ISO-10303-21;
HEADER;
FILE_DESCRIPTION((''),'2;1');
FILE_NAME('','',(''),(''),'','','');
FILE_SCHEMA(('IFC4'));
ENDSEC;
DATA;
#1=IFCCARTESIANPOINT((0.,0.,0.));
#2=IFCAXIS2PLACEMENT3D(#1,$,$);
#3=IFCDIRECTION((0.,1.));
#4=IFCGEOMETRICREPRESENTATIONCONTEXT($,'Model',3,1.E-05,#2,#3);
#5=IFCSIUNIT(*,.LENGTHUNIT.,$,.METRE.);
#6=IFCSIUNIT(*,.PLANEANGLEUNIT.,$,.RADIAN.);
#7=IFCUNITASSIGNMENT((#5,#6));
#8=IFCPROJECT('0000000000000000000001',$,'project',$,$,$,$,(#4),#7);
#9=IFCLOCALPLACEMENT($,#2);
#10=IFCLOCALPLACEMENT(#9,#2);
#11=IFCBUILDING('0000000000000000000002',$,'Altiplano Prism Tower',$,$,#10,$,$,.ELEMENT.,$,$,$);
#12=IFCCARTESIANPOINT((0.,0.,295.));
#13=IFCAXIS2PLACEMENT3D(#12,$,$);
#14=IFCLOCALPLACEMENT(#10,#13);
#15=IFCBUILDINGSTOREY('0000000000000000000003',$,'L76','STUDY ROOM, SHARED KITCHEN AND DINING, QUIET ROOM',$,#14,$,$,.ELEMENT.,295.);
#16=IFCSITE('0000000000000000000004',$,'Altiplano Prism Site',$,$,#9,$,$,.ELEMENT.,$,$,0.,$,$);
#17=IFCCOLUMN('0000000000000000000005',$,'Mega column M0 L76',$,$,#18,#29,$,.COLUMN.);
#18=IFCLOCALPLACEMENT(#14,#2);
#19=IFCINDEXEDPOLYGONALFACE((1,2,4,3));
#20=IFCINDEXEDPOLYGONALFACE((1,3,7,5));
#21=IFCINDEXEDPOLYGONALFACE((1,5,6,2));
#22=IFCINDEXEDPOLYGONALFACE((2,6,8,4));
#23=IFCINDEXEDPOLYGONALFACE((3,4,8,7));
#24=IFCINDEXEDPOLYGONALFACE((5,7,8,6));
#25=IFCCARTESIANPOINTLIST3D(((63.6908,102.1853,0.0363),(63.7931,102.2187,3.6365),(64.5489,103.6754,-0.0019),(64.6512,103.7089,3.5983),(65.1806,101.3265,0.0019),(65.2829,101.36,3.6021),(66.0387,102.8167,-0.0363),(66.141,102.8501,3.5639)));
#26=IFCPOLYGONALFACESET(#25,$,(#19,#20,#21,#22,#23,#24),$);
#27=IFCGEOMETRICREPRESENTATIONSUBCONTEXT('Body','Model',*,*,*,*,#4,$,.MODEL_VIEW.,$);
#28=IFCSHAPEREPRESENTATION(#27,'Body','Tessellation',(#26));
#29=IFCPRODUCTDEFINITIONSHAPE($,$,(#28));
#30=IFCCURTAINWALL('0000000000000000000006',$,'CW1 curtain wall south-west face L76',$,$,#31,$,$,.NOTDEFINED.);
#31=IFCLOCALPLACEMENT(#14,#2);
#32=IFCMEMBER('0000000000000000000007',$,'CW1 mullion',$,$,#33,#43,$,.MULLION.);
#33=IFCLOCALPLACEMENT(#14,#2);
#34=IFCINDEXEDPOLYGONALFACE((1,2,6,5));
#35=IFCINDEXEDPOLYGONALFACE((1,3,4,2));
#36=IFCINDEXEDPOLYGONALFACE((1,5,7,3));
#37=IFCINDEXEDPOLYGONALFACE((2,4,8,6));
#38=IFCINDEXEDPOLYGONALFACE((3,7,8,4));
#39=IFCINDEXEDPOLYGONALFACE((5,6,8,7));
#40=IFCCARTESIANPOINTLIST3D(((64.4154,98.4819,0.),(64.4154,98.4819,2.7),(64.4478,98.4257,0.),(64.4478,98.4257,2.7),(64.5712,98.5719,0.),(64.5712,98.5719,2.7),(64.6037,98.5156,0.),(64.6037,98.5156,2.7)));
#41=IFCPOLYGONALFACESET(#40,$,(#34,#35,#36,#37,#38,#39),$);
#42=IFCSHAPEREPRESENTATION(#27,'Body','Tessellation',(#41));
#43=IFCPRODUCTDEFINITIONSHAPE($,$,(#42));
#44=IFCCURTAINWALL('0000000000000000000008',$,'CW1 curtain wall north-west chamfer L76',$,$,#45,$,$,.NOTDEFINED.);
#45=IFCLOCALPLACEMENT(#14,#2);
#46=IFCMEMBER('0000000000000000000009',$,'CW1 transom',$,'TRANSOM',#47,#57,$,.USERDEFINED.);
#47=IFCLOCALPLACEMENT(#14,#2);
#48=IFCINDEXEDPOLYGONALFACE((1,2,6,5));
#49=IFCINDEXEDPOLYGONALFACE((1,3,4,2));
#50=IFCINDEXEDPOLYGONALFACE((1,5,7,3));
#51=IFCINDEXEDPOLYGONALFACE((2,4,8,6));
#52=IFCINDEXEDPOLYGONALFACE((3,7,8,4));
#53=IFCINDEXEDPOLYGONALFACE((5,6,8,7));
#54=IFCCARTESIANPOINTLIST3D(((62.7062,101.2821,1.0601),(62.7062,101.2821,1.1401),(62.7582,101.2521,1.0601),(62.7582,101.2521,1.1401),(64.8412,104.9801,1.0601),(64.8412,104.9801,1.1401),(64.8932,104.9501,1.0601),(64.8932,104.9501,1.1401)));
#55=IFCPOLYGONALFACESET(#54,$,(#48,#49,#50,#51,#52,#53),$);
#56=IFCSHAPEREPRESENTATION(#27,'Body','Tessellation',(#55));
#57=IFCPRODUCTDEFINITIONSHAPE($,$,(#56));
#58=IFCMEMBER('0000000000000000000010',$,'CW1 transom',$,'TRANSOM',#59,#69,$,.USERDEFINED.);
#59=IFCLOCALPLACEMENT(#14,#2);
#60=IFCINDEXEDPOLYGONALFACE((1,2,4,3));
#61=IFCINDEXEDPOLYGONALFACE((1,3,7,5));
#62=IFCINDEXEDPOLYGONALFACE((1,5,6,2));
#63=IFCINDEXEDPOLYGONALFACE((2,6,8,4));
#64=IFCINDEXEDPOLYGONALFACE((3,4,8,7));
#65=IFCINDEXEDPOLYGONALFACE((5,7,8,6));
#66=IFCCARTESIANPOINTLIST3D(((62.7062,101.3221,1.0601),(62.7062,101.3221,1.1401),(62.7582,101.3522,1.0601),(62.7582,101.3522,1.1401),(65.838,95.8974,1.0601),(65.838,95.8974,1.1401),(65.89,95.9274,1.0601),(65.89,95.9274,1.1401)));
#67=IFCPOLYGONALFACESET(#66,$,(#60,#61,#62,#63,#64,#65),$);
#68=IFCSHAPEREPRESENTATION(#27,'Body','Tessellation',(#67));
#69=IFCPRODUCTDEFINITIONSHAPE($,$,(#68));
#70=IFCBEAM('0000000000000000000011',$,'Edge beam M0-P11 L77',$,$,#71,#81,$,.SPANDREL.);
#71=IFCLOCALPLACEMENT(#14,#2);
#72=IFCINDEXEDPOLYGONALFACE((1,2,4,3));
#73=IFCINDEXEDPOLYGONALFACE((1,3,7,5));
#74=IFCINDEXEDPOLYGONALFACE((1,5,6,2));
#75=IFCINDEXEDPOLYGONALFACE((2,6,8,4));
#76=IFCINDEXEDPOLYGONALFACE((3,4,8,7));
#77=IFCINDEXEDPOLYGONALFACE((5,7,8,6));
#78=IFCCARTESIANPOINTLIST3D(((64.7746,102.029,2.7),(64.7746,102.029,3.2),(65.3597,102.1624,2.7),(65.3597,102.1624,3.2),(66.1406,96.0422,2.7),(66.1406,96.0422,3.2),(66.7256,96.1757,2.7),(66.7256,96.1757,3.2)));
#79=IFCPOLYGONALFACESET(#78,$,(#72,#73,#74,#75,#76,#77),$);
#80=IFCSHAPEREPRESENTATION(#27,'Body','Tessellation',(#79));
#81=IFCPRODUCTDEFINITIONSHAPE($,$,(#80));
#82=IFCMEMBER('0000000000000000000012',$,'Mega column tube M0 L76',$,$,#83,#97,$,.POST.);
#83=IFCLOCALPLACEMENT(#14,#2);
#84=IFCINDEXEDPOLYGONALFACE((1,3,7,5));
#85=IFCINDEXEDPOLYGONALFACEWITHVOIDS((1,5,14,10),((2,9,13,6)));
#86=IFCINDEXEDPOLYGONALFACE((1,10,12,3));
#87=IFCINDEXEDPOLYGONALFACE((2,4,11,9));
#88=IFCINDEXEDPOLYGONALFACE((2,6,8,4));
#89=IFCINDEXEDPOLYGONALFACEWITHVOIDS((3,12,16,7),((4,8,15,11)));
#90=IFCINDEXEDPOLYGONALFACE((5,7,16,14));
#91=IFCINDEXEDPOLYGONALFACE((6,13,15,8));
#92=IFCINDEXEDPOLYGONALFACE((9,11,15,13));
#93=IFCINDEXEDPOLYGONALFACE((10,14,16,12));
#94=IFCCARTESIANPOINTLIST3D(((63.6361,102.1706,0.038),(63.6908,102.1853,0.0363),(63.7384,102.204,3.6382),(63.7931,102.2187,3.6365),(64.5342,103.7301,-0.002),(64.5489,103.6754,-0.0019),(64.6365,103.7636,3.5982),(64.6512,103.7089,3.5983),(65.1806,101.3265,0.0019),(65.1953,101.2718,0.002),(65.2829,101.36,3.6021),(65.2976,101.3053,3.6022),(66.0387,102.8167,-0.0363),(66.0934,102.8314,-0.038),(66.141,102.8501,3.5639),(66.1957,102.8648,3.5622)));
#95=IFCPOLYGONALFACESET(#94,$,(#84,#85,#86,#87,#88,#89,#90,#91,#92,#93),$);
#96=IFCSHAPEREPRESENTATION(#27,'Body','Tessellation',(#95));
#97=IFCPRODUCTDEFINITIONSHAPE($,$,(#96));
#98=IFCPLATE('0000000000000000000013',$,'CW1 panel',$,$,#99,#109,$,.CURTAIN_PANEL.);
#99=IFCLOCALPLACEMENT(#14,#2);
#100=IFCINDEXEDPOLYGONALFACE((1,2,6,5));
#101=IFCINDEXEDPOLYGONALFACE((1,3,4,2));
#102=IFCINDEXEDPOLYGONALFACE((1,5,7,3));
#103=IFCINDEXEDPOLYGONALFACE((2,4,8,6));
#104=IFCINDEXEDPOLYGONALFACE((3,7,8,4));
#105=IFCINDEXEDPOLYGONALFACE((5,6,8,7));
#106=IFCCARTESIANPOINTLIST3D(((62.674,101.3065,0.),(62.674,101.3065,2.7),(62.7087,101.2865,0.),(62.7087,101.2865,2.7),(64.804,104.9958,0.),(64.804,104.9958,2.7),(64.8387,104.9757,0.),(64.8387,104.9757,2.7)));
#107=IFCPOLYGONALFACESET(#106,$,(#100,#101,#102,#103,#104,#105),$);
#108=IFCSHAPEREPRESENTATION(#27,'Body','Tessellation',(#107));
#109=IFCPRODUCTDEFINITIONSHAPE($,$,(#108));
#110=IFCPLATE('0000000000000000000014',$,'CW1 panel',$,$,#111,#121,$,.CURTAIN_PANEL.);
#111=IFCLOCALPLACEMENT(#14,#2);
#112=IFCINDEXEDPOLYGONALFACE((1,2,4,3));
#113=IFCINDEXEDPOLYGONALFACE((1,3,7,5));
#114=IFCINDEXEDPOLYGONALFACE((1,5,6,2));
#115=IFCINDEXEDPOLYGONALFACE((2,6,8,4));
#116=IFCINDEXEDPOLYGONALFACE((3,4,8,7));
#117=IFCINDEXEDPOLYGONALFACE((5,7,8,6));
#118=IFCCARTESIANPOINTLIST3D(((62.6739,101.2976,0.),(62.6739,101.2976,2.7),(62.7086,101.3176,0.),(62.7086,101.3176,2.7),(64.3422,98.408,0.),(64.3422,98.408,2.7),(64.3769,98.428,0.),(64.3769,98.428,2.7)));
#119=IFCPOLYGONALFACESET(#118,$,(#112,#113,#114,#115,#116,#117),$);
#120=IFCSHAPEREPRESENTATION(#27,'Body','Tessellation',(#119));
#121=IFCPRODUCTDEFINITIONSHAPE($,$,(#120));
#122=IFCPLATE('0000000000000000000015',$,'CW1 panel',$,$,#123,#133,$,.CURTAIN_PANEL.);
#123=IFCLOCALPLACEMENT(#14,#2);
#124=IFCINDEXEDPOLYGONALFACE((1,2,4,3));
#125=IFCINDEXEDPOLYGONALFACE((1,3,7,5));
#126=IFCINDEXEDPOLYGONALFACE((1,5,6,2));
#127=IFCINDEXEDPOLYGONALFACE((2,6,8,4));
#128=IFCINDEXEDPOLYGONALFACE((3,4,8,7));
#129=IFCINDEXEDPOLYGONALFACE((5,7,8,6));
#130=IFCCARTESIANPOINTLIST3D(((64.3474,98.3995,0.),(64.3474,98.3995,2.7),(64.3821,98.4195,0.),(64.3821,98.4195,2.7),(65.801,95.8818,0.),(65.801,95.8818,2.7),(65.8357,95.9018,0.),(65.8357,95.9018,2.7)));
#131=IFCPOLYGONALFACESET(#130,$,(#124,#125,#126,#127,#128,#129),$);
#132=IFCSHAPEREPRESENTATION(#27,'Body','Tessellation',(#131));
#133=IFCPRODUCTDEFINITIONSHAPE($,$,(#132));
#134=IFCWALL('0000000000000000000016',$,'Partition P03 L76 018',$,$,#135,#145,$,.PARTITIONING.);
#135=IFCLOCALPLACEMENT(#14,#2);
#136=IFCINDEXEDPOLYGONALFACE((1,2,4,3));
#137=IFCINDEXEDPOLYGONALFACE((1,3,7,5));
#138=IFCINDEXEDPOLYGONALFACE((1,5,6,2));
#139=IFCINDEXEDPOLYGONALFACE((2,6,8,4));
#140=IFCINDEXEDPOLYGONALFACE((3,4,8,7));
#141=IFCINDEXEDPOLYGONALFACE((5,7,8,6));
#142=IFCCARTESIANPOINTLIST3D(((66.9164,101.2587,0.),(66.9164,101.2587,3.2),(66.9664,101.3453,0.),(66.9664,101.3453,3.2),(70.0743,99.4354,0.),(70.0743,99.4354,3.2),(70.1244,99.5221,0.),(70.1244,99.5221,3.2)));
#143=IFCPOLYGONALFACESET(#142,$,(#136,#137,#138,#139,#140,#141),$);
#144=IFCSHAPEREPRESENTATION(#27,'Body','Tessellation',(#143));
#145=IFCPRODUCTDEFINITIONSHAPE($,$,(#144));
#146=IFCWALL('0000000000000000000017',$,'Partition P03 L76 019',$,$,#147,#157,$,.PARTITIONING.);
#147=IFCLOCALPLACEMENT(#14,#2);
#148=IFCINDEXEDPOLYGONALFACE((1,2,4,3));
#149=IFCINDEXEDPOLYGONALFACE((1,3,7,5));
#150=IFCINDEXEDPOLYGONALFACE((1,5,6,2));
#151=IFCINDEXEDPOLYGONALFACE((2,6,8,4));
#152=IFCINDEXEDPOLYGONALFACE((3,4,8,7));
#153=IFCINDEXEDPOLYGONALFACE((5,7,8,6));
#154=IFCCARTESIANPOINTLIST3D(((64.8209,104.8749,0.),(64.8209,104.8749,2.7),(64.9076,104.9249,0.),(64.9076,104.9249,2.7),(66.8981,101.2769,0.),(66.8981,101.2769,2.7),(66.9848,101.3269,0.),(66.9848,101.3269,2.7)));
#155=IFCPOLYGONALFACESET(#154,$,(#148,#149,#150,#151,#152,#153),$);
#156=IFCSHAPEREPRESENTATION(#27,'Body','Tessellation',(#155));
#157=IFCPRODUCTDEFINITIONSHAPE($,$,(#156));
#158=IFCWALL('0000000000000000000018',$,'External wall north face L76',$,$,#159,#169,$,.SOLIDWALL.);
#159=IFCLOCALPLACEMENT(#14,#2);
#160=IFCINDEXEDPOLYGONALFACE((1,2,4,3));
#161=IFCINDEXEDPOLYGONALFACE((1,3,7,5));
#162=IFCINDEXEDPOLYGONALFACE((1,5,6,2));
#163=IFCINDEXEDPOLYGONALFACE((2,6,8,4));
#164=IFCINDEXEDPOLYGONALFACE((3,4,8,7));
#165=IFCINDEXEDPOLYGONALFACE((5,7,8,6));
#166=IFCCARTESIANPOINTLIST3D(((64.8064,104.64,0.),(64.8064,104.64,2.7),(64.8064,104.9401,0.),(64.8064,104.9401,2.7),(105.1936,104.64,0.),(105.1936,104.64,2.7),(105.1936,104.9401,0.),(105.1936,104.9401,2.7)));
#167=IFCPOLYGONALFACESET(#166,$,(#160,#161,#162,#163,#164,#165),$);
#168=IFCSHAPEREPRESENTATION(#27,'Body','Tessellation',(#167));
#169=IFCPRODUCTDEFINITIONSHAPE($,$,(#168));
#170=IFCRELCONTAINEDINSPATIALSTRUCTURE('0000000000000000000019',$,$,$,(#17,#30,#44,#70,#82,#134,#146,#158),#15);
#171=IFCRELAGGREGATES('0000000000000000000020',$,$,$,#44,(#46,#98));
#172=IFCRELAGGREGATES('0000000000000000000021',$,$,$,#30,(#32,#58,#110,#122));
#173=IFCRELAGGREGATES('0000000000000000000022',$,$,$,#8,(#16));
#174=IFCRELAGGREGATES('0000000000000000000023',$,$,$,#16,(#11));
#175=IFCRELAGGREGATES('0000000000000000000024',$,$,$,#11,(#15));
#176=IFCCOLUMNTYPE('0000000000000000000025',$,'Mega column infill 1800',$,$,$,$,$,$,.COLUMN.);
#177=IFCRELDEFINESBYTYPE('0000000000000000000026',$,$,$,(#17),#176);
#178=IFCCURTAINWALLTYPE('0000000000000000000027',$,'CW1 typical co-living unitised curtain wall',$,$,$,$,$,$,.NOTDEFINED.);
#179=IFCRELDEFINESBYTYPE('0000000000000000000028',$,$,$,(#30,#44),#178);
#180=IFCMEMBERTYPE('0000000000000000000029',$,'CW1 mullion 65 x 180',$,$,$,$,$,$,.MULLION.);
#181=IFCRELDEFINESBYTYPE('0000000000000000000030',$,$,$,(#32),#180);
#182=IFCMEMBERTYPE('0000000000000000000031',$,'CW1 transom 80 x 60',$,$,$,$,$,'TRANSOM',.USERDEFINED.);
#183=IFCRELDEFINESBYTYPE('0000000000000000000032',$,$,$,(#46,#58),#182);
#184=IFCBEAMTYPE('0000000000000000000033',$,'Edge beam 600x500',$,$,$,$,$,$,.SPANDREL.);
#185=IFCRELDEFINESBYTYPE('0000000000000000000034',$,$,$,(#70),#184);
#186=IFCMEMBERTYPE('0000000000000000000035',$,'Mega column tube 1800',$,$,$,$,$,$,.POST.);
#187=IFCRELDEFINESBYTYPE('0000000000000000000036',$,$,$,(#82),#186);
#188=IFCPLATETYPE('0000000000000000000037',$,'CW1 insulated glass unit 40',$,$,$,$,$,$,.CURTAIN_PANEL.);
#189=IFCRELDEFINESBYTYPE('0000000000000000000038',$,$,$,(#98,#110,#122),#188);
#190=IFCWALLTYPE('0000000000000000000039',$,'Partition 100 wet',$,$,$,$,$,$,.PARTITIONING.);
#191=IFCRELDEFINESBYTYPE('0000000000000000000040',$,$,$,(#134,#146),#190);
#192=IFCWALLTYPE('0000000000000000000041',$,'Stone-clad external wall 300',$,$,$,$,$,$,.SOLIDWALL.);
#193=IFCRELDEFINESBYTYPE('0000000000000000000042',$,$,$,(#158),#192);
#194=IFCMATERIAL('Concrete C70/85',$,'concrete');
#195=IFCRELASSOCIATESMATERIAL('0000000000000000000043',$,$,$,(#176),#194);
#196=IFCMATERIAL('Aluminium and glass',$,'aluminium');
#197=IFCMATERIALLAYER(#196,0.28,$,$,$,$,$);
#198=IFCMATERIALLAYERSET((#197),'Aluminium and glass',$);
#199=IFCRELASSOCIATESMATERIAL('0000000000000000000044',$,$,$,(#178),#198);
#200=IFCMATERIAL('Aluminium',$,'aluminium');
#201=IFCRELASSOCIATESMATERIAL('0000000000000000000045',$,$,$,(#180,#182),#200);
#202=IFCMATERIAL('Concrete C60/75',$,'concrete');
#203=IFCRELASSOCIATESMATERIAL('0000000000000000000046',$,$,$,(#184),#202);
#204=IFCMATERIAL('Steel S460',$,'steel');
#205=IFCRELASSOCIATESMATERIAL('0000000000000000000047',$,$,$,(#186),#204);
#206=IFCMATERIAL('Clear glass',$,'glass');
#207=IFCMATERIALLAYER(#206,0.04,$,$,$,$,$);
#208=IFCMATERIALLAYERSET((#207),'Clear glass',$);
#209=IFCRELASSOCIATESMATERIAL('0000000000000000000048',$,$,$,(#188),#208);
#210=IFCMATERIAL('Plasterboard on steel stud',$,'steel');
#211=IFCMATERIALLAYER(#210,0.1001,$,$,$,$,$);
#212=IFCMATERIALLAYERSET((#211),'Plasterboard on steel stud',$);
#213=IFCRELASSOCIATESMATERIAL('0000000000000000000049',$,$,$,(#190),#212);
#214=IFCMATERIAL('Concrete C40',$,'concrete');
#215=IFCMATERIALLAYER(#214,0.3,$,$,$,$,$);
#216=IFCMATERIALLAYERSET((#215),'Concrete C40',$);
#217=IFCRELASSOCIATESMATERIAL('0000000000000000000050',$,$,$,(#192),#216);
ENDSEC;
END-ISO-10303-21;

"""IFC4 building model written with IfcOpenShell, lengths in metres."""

from ifc_helpers import new_model, si_unit, direction, frame, frame_2d, origin, origin_2d, place, context, subcontext, project, spatial, rectangle, hollow_rectangle, extrude, material, layer, layer_set, material_profile, profile_set, type_object, element, aggregate, save


model = new_model("IFC4")

# Units and contexts
model_context = context("Model", 3, precision=1e-05, world=origin(), true_north=direction((0.0, 1.0)))
body_context = subcontext(model_context, "Body", "Model", "MODEL_VIEW")
ifc_project = project(units=[si_unit("LENGTHUNIT", "METRE"), si_unit("PLANEANGLEUNIT", "RADIAN")], contexts=[model_context])

# Site, building, storey
site_placement = place(None, origin())
site = spatial("IfcSite", under=ifc_project, at=site_placement, Name="Altiplano Prism Site", CompositionType="ELEMENT", RefElevation=0.0)
building_placement = place(site_placement, origin())
building = spatial("IfcBuilding", under=site, at=building_placement, Name="Altiplano Prism Tower", CompositionType="ELEMENT")
storey_placement = place(building_placement, frame((0.0, 0.0, 295.0)))
storey = spatial("IfcBuildingStorey", under=building, at=storey_placement, Name="L76", Description="STUDY ROOM, SHARED KITCHEN AND DINING, QUIET ROOM", CompositionType="ELEMENT", Elevation=295.0)

# Column
ifc_material_1 = material(Name="Concrete C70/85", Category="concrete")
ifc_material_profile_1 = material_profile(ifc_material_1, rectangle(XDim=1.72, YDim=1.72, at=origin_2d()), Name="Mega column infill 1800")
ifc_profile_set_1 = profile_set([ifc_material_profile_1], Name="Concrete C70/85")
column_type = type_object("IfcColumnType", Name="Mega column infill 1800", PredefinedType="COLUMN", material=ifc_profile_set_1)
column_placement = place(storey_placement, frame((64.8647, 102.501, 0.0), z_axis=(0.028402, 0.009287, 0.999553), x_axis=(-0.866199, 0.4993, 0.019974)))
element("IfcColumn", 1, at=column_placement, inside=storey, type_object=column_type, Name="Mega column M0 L76", PredefinedType="COLUMN", context=body_context, shape_type="SweptSolid", body=[
    extrude(rectangle(XDim=1.72, YDim=1.72, at=origin_2d()), origin(), (0.0, 0.0, 1.0), 3.6018),
])

# Curtain walls, members
ifc_material_2 = material(Name="Aluminium and glass", Category="aluminium")
ifc_layer_1 = layer(ifc_material_2, 0.28)
ifc_layer_set_1 = layer_set([ifc_layer_1], Name="Aluminium and glass")
curtain_wall_type = type_object("IfcCurtainWallType", Name="CW1 typical co-living unitised curtain wall", PredefinedType="NOTDEFINED", material=ifc_layer_set_1)
curtain_wall_1_placement = place(storey_placement, origin())
curtain_wall_1 = element("IfcCurtainWall", 2, at=curtain_wall_1_placement, inside=storey, type_object=curtain_wall_type, Name="CW1 curtain wall south-west face L76", PredefinedType="NOTDEFINED")
ifc_material_3 = material(Name="Aluminium", Category="aluminium")
ifc_material_profile_2 = material_profile(ifc_material_3, rectangle(XDim=0.1799, YDim=0.0649, at=origin_2d()), Name="CW1 mullion 65 x 180")
ifc_profile_set_2 = profile_set([ifc_material_profile_2], Name="Aluminium")
member_type_1 = type_object("IfcMemberType", Name="CW1 mullion 65 x 180", PredefinedType="MULLION", material=ifc_profile_set_2)
member_1_placement = place(storey_placement, frame((64.5095, 98.4988, 0.0), z_axis=(0.0, 0.0, 1.0), x_axis=(0.866025, 0.5, 0.0)))
member_1 = element("IfcMember", 3, at=member_1_placement, type_object=member_type_1, Name="CW1 mullion", PredefinedType="MULLION", context=body_context, shape_type="SweptSolid", body=[
    extrude(rectangle(XDim=0.1799, YDim=0.0649, at=origin_2d()), origin(), (0.0, 0.0, 1.0), 2.7),
])
curtain_wall_2_placement = place(storey_placement, origin())
curtain_wall_2 = element("IfcCurtainWall", 4, at=curtain_wall_2_placement, inside=storey, type_object=curtain_wall_type, Name="CW1 curtain wall north-west chamfer L76", PredefinedType="NOTDEFINED")
ifc_material_profile_3 = material_profile(ifc_material_3, rectangle(XDim=0.0601, YDim=0.0801, at=origin_2d()), Name="CW1 transom 80 x 60")
ifc_profile_set_3 = profile_set([ifc_material_profile_3], Name="Aluminium")
member_type_2 = type_object("IfcMemberType", Name="CW1 transom 80 x 60", ElementType="TRANSOM", PredefinedType="USERDEFINED", material=ifc_profile_set_3)
member_2_placement = place(storey_placement, frame((64.8672, 104.9651, 1.1001), z_axis=(-0.499995, -0.866028, 0.0), x_axis=(0.866028, -0.499995, 0.0)))
member_2 = element("IfcMember", 5, at=member_2_placement, type_object=member_type_2, Name="CW1 transom", ObjectType="TRANSOM", PredefinedType="USERDEFINED", context=body_context, shape_type="SweptSolid", body=[
    extrude(rectangle(XDim=0.0601, YDim=0.0801, at=origin_2d()), origin(), (0.0, 0.0, 1.0), 4.27),
])

# Member
member_3_placement = place(storey_placement, frame((62.7322, 101.3372, 1.1001), z_axis=(0.499979, -0.866038, 0.0), x_axis=(0.866038, 0.499979, 0.0)))
member_3 = element("IfcMember", 6, at=member_3_placement, type_object=member_type_2, Name="CW1 transom", ObjectType="TRANSOM", PredefinedType="USERDEFINED", context=body_context, shape_type="SweptSolid", body=[
    extrude(rectangle(XDim=0.0601, YDim=0.0801, at=origin_2d()), origin(), (0.0, 0.0, 1.0), 6.2639),
])

# Beam
ifc_material_4 = material(Name="Concrete C60/75", Category="concrete")
ifc_material_profile_4 = material_profile(ifc_material_4, rectangle(XDim=0.6001, YDim=0.5, at=origin_2d()), Name="Edge beam 600x500")
ifc_profile_set_4 = profile_set([ifc_material_profile_4], Name="Concrete C60/75")
beam_type = type_object("IfcBeamType", Name="Edge beam 600x500", PredefinedType="SPANDREL", material=ifc_profile_set_4)
beam_placement = place(storey_placement, frame((65.0671, 102.0957, 2.95), z_axis=(0.222446, -0.974945, 0.0), x_axis=(0.974945, 0.222446, 0.0)))
element("IfcBeam", 7, at=beam_placement, inside=storey, type_object=beam_type, Name="Edge beam M0-P11 L77", PredefinedType="SPANDREL", context=body_context, shape_type="SweptSolid", body=[
    extrude(rectangle(XDim=0.6001, YDim=0.5, at=origin_2d()), origin(), (0.0, 0.0, 1.0), 6.1406),
])

# Member
ifc_material_5 = material(Name="Steel S460", Category="steel")
ifc_material_profile_5 = material_profile(ifc_material_5, hollow_rectangle(XDim=1.8, YDim=1.8, WallThickness=0.04, at=origin_2d()), Name="Mega column tube 1800")
ifc_profile_set_5 = profile_set([ifc_material_profile_5], Name="Steel S460")
member_type_3 = type_object("IfcMemberType", Name="Mega column tube 1800", PredefinedType="POST", material=ifc_profile_set_5)
member_4_placement = place(storey_placement, frame((64.8647, 102.501, 0.0), z_axis=(0.028402, 0.009287, 0.999553), x_axis=(-0.866199, 0.4993, 0.019974)))
element("IfcMember", 8, at=member_4_placement, inside=storey, type_object=member_type_3, Name="Mega column tube M0 L76", PredefinedType="POST", context=body_context, shape_type="SweptSolid", body=[
    extrude(hollow_rectangle(XDim=1.8, YDim=1.8, WallThickness=0.04, at=origin_2d()), origin(), (0.0, 0.0, 1.0), 3.6018),
])

# Plates
ifc_material_6 = material(Name="Clear glass", Category="glass")
ifc_layer_2 = layer(ifc_material_6, 0.04)
ifc_layer_set_2 = layer_set([ifc_layer_2], Name="Clear glass")
plate_type = type_object("IfcPlateType", Name="CW1 insulated glass unit 40", PredefinedType="CURTAIN_PANEL", material=ifc_layer_set_2)
plate_1_placement = place(storey_placement, frame((63.7563, 103.1411, 0.0), z_axis=(0.0, 0.0, 1.0), x_axis=(-0.5, -0.866025, 0.0)))
plate_1 = element("IfcPlate", 9, at=plate_1_placement, type_object=plate_type, Name="CW1 panel", PredefinedType="CURTAIN_PANEL", context=body_context, shape_type="SweptSolid", body=[
    extrude(rectangle(XDim=4.26, YDim=0.04, at=origin_2d()), origin(), (0.0, 0.0, 1.0), 2.7),
])
aggregate(curtain_wall_2, [member_2, plate_1])
plate_2_placement = place(storey_placement, frame((63.5254, 99.8628, 0.0), z_axis=(0.0, 0.0, 1.0), x_axis=(0.5, -0.866025, 0.0)))
plate_2 = element("IfcPlate", 10, at=plate_2_placement, type_object=plate_type, Name="CW1 panel", PredefinedType="CURTAIN_PANEL", context=body_context, shape_type="SweptSolid", body=[
    extrude(rectangle(XDim=3.3367, YDim=0.04, at=origin_2d()), origin(), (0.0, 0.0, 1.0), 2.7),
])
plate_3_placement = place(storey_placement, frame((65.0916, 97.1506, 0.0), z_axis=(0.0, 0.0, 1.0), x_axis=(0.5, -0.866025, 0.0)))
plate_3 = element("IfcPlate", 11, at=plate_3_placement, type_object=plate_type, Name="CW1 panel", PredefinedType="CURTAIN_PANEL", context=body_context, shape_type="SweptSolid", body=[
    extrude(rectangle(XDim=2.9072, YDim=0.04, at=origin_2d()), origin(), (0.0, 0.0, 1.0), 2.7),
])
aggregate(curtain_wall_1, [member_1, member_3, plate_2, plate_3])

# Walls
ifc_material_7 = material(Name="Plasterboard on steel stud", Category="steel")
ifc_layer_3 = layer(ifc_material_7, 0.1001)
ifc_layer_set_3 = layer_set([ifc_layer_3], Name="Plasterboard on steel stud")
wall_type_1 = type_object("IfcWallType", Name="Partition 100 wet", PredefinedType="PARTITIONING", material=ifc_layer_set_3)
wall_1_placement = place(storey_placement, frame((70.0994, 99.4788, 0.0), z_axis=(0.0, 0.0, 1.0), x_axis=(-0.866026, 0.499999, 0.0)))
element("IfcWall", 12, at=wall_1_placement, inside=storey, type_object=wall_type_1, Name="Partition P03 L76 018", PredefinedType="PARTITIONING", context=body_context, shape_type="SweptSolid", body=[
    extrude(rectangle(XDim=3.6465, YDim=0.1001, at=frame_2d((1.8232, 0.0))), origin(), (0.0, 0.0, 1.0), 3.2),
])
wall_2_placement = place(storey_placement, frame((66.9414, 101.302, 0.0), z_axis=(0.0, 0.0, 1.0), x_axis=(-0.499982, 0.866036, 0.0)))
element("IfcWall", 13, at=wall_2_placement, inside=storey, type_object=wall_type_1, Name="Partition P03 L76 019", PredefinedType="PARTITIONING", context=body_context, shape_type="SweptSolid", body=[
    extrude(rectangle(XDim=4.1545, YDim=0.1001, at=frame_2d((2.0771, 0.0))), origin(), (0.0, 0.0, 1.0), 2.7),
])
ifc_material_8 = material(Name="Concrete C40", Category="concrete")
ifc_layer_4 = layer(ifc_material_8, 0.3)
ifc_layer_set_4 = layer_set([ifc_layer_4], Name="Concrete C40")
wall_type_2 = type_object("IfcWallType", Name="Stone-clad external wall 300", PredefinedType="SOLIDWALL", material=ifc_layer_set_4)
wall_3_placement = place(storey_placement, frame((64.8064, 104.79, 0.0), z_axis=(0.0, 0.0, 1.0), x_axis=(1.0, 0.0, 0.0)))
element("IfcWall", 14, at=wall_3_placement, inside=storey, type_object=wall_type_2, Name="External wall north face L76", PredefinedType="SOLIDWALL", context=body_context, shape_type="SweptSolid", body=[
    extrude(rectangle(XDim=40.3872, YDim=0.3, at=frame_2d((20.1936, 0.0))), origin(), (0.0, 0.0, 1.0), 2.7),
])

save(model, "model.ifc")
